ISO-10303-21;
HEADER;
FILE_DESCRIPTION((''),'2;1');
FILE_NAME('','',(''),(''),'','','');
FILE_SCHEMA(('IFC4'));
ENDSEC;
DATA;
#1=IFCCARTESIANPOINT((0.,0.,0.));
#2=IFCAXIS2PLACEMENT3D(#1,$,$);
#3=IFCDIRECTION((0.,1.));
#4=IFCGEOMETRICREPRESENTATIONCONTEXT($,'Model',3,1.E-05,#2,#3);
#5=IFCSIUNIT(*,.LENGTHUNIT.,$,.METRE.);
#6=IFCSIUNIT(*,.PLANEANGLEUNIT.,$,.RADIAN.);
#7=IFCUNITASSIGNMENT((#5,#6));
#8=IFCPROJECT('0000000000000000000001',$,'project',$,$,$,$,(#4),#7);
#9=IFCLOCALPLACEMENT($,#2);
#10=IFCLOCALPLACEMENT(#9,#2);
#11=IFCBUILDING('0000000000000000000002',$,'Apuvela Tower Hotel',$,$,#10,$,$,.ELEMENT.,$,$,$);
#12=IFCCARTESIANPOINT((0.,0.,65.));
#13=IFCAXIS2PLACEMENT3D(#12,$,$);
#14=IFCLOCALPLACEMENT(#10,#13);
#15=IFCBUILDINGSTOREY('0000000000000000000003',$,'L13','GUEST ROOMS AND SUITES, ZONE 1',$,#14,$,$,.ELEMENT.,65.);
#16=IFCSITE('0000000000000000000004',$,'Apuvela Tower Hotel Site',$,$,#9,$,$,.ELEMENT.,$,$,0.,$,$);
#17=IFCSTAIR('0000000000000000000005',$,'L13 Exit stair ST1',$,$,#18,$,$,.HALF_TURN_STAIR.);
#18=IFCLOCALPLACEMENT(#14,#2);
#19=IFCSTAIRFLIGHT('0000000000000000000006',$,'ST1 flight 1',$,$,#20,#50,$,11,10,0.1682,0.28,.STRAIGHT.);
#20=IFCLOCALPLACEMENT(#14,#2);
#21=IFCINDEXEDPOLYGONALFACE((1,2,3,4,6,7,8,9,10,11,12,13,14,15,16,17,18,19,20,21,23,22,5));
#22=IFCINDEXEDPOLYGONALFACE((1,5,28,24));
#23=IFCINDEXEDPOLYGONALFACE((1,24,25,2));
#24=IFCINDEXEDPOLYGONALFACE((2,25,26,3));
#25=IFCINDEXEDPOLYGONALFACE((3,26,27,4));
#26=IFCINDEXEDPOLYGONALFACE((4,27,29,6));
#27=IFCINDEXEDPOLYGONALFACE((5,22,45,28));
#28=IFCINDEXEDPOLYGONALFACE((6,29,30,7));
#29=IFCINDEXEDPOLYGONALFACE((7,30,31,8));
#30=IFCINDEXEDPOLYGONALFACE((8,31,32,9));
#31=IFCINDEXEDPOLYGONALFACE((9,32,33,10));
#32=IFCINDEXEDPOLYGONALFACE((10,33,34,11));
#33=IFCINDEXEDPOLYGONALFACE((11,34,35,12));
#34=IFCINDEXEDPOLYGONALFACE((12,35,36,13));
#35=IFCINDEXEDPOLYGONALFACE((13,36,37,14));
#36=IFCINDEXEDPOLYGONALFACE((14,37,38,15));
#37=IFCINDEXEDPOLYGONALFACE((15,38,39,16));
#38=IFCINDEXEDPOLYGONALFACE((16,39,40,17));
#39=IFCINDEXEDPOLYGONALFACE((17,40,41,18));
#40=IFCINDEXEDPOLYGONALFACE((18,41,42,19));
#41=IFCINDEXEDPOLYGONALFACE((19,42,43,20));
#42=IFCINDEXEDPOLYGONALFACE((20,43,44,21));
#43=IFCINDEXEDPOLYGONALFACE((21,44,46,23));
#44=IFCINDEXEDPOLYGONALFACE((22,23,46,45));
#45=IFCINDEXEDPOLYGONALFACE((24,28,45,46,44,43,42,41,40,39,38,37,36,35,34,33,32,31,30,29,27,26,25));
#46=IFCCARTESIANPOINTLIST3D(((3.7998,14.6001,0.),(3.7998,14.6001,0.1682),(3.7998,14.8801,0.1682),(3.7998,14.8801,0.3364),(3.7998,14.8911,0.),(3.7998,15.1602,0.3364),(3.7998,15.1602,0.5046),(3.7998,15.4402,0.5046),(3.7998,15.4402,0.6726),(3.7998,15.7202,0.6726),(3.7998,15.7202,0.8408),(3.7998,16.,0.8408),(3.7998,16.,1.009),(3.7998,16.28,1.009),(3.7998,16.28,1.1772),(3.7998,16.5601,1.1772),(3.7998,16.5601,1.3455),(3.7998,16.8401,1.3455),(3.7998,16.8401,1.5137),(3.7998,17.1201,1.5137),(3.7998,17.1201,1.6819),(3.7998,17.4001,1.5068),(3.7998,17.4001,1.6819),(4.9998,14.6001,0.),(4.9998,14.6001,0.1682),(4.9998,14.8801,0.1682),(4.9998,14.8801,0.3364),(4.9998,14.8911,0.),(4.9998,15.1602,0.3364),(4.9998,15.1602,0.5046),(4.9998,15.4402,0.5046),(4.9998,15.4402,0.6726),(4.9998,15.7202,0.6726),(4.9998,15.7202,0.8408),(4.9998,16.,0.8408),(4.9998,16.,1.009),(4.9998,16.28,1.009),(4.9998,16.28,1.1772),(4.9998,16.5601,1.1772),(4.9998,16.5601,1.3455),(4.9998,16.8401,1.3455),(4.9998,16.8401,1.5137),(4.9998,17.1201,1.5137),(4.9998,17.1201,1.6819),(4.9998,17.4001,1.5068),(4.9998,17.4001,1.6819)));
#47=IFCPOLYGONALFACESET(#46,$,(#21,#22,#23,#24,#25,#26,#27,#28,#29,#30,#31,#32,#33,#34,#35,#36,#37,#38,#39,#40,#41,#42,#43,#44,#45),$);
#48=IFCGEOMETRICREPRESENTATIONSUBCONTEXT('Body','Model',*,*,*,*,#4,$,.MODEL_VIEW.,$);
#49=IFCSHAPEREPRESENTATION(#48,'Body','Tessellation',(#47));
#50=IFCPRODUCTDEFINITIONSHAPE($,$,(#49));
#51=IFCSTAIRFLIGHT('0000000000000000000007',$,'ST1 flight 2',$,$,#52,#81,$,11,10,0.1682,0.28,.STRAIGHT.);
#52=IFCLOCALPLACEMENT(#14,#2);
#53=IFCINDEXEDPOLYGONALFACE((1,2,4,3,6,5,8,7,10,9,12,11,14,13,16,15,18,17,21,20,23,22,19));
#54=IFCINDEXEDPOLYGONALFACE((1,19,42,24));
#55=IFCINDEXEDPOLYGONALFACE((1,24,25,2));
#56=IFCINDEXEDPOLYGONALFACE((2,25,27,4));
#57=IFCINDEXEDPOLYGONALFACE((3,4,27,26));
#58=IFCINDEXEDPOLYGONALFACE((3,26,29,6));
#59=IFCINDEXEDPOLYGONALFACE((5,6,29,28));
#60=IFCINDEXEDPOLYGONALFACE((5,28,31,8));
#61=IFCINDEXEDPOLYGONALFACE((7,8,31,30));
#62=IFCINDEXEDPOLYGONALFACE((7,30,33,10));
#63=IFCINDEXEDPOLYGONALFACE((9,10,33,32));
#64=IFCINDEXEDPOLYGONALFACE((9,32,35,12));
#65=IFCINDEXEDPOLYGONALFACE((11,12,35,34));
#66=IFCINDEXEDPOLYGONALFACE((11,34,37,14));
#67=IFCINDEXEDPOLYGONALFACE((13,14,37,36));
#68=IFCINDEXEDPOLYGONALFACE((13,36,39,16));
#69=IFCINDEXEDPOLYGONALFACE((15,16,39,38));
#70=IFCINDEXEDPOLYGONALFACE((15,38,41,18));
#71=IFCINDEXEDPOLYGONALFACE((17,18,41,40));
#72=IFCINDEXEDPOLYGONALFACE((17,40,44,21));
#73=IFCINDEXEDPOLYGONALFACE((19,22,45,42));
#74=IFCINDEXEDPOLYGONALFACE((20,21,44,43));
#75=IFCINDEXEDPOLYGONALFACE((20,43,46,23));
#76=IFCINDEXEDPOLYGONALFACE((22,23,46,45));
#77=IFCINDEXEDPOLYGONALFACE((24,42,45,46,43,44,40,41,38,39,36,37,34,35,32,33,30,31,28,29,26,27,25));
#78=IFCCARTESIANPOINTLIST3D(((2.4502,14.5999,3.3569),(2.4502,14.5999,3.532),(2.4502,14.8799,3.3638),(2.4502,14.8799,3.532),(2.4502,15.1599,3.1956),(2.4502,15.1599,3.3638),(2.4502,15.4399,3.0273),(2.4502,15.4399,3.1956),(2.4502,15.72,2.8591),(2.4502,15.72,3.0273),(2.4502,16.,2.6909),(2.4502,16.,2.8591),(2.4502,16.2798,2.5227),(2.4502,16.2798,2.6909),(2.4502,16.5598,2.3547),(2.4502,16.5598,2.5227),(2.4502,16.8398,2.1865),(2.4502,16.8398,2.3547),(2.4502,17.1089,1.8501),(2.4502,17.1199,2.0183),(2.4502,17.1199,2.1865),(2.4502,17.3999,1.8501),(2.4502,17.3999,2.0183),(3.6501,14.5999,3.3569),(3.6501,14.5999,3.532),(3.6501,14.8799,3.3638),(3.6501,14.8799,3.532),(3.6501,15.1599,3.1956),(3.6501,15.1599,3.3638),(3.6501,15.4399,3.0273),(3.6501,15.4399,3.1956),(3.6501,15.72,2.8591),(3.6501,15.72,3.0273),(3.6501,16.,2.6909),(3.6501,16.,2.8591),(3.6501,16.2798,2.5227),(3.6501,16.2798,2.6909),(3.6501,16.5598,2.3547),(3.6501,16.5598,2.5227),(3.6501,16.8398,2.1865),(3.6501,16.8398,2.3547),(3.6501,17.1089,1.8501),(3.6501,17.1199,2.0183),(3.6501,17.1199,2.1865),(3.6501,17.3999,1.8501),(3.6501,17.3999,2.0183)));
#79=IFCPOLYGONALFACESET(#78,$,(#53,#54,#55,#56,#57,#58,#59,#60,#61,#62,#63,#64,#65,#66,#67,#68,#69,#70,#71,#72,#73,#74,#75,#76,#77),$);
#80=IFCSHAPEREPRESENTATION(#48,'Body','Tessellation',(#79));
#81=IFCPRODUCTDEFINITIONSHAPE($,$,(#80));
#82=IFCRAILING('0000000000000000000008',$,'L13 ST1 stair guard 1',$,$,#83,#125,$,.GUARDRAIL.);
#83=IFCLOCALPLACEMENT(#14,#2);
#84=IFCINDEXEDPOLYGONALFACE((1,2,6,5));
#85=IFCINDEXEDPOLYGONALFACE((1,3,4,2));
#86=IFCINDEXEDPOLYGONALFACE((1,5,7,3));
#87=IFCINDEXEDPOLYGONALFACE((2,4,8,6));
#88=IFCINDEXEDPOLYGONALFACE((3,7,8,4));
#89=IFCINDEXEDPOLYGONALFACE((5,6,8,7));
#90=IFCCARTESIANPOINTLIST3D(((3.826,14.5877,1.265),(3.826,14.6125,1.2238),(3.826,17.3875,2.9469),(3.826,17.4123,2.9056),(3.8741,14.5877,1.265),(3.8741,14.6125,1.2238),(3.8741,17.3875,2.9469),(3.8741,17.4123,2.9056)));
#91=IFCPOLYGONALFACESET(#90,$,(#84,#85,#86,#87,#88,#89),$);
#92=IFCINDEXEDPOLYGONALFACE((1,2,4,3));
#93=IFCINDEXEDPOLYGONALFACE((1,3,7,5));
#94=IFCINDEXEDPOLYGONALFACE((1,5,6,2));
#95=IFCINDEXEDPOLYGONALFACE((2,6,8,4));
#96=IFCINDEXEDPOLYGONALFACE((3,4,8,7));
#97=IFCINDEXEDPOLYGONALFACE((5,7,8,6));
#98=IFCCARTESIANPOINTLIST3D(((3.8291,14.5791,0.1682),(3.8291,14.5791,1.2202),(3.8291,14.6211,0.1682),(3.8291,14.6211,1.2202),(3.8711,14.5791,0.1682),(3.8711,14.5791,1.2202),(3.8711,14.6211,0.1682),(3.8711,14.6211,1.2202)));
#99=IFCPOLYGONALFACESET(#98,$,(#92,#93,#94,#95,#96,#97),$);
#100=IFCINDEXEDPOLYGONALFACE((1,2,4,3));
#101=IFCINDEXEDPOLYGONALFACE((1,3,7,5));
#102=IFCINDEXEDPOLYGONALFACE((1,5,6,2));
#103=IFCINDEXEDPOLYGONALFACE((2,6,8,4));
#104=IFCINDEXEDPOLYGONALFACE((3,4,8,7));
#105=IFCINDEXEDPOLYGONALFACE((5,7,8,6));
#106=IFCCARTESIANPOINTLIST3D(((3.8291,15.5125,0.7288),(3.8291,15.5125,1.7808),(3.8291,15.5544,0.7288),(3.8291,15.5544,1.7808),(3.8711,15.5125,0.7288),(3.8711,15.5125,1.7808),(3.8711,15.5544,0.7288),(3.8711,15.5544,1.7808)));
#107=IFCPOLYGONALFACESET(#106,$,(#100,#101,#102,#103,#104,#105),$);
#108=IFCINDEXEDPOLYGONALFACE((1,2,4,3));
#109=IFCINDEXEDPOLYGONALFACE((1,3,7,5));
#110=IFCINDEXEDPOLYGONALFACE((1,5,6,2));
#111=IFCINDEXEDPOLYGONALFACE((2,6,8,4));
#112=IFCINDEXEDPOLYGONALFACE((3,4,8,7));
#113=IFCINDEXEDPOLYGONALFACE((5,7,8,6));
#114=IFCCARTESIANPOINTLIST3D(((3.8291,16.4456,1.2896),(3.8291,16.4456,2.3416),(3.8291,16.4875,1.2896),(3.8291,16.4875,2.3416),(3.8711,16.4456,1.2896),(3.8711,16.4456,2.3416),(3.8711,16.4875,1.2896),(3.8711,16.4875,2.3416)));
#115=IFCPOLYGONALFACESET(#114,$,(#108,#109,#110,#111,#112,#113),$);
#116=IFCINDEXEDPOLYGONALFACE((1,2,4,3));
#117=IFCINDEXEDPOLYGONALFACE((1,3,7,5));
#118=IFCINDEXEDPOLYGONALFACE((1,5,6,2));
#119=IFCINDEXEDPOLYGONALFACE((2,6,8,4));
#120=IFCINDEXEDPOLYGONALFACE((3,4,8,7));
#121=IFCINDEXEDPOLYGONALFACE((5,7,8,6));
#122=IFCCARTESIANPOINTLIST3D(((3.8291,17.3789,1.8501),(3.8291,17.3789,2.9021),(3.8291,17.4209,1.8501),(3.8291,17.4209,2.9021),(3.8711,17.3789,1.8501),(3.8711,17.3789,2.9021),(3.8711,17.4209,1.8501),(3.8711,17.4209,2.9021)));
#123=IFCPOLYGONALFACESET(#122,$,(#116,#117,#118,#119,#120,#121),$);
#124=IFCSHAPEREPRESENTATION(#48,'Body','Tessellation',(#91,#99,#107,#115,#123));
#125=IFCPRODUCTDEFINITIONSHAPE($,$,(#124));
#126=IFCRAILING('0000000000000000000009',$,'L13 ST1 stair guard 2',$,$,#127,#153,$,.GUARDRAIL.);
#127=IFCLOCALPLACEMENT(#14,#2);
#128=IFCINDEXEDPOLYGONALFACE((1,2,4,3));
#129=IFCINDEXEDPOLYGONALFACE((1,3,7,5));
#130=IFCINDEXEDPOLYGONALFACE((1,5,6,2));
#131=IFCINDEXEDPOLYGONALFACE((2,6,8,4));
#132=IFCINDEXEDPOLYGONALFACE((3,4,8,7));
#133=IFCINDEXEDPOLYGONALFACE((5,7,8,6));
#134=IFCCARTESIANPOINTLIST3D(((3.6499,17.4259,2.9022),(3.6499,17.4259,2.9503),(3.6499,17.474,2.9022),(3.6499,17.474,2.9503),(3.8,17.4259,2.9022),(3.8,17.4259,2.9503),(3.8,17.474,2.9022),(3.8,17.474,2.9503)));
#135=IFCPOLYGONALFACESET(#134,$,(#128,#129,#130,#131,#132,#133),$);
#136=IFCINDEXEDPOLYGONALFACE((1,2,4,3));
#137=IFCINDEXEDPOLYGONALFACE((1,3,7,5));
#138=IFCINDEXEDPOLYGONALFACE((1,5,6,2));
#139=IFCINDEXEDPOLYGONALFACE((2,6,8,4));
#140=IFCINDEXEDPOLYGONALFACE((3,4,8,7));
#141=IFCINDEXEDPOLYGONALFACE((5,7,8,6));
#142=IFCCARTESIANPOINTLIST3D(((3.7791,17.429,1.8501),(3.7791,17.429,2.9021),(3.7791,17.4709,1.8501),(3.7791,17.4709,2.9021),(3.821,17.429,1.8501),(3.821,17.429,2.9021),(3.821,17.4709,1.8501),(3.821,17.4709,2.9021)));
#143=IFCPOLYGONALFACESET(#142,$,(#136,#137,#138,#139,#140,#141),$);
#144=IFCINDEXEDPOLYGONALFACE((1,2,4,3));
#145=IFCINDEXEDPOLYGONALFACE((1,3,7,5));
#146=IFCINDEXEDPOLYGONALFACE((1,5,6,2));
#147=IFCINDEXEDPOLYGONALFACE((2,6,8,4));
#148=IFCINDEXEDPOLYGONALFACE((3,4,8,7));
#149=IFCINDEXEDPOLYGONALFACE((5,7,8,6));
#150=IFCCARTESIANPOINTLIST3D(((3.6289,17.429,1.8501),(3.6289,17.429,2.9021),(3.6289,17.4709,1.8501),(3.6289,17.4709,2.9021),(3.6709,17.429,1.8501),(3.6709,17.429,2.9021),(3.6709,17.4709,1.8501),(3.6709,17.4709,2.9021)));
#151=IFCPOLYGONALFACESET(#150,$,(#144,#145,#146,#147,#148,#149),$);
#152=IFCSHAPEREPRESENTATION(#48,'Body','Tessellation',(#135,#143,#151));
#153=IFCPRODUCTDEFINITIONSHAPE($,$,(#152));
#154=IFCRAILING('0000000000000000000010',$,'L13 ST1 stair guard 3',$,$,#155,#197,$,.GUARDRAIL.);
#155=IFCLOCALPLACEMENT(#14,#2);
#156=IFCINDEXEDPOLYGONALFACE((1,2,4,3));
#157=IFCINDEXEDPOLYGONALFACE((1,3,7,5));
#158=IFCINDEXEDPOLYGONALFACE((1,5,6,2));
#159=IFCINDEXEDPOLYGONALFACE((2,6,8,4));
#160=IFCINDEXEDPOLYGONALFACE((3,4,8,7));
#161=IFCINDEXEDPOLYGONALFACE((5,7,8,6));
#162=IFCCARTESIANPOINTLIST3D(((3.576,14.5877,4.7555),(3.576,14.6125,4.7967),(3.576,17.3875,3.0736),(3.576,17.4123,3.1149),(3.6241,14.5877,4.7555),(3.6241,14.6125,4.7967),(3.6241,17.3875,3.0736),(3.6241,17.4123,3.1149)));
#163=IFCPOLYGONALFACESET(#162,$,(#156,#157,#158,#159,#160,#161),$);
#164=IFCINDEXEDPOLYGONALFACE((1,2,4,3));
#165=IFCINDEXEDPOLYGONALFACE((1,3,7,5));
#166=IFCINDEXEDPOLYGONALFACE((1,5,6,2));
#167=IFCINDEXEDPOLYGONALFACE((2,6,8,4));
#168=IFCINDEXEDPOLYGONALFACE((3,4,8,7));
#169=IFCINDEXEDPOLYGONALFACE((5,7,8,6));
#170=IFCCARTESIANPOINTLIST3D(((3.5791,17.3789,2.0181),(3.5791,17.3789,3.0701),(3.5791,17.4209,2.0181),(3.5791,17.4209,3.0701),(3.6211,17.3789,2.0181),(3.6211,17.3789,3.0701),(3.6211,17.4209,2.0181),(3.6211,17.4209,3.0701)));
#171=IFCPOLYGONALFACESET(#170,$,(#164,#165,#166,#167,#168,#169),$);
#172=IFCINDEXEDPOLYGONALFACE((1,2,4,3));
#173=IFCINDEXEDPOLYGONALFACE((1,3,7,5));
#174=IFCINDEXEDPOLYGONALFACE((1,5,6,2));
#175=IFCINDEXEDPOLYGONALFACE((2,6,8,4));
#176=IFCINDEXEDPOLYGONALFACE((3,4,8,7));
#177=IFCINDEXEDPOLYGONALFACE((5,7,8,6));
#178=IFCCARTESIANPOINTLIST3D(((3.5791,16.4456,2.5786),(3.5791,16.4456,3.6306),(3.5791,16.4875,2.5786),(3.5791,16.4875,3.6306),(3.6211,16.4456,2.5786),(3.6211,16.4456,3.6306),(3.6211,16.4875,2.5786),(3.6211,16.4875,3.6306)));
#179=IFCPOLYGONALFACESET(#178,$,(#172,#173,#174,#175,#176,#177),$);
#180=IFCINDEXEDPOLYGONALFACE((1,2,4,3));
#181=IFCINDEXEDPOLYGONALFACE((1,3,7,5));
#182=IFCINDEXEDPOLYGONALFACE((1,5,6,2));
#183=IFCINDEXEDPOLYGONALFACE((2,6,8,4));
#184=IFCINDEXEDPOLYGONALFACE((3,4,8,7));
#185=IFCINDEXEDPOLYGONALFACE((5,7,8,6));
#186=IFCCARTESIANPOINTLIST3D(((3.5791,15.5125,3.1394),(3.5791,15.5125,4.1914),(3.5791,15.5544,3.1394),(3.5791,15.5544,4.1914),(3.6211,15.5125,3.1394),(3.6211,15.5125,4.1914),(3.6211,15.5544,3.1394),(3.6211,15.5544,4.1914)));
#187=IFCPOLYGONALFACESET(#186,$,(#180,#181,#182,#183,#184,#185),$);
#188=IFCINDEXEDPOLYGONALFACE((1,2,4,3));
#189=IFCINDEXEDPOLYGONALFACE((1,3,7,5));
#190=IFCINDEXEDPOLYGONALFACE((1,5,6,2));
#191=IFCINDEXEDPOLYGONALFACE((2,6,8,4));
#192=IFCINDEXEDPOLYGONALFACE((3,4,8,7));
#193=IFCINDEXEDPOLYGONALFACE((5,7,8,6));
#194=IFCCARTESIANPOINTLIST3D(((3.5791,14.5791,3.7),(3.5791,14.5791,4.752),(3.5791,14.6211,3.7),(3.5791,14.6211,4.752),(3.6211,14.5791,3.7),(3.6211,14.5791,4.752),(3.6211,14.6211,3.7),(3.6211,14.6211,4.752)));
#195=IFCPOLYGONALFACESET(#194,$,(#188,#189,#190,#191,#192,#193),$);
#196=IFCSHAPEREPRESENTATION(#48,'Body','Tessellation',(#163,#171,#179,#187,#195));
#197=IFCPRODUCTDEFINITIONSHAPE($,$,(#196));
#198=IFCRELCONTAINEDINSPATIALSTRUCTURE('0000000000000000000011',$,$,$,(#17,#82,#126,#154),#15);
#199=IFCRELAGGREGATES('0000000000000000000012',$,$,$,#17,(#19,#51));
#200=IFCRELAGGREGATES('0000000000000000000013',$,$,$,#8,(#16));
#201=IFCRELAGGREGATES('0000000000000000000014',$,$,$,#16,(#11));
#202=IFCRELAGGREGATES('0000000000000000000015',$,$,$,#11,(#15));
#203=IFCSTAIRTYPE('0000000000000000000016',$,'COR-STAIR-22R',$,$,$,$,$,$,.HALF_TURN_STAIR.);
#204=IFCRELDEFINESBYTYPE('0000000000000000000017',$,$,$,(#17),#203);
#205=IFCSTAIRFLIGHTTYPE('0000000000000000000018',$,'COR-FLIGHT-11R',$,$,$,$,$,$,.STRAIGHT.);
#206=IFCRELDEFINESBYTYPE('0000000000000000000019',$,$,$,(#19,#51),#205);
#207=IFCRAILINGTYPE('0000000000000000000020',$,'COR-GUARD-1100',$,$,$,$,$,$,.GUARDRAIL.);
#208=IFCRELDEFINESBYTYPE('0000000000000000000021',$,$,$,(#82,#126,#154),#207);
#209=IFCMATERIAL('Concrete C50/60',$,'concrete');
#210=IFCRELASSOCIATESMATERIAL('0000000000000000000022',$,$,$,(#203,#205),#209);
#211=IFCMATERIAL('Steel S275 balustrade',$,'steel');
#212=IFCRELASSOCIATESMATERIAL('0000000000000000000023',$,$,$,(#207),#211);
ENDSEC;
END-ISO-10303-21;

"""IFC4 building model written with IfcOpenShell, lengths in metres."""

from ifc_helpers import new_model, si_unit, direction, frame, origin, origin_2d, place, context, subcontext, project, spatial, polyline, rectangle, outline, extrude, material, type_object, element, aggregate, save


model = new_model("IFC4")

# Units and contexts
model_context = context("Model", 3, precision=1e-05, world=origin(), true_north=direction((0.0, 1.0)))
body_context = subcontext(model_context, "Body", "Model", "MODEL_VIEW")
ifc_project = project(units=[si_unit("LENGTHUNIT", "METRE"), si_unit("PLANEANGLEUNIT", "RADIAN")], contexts=[model_context])

# Site, building, storey
site_placement = place(None, origin())
site = spatial("IfcSite", under=ifc_project, at=site_placement, Name="Apuvela Tower Hotel Site", CompositionType="ELEMENT", RefElevation=0.0)
building_placement = place(site_placement, origin())
building = spatial("IfcBuilding", under=site, at=building_placement, Name="Apuvela Tower Hotel", CompositionType="ELEMENT")
storey_placement = place(building_placement, frame((0.0, 0.0, 65.0)))
storey = spatial("IfcBuildingStorey", under=building, at=storey_placement, Name="L13", Description="GUEST ROOMS AND SUITES, ZONE 1", CompositionType="ELEMENT", Elevation=65.0)

# Shared definitions
ifc_material_1 = material(Name="Concrete C50/60", Category="concrete")

# Stair, stair flights
stair_type = type_object("IfcStairType", Name="COR-STAIR-22R", PredefinedType="HALF_TURN_STAIR", material=ifc_material_1)
stair_placement = place(storey_placement, origin())
stair = element("IfcStair", 1, at=stair_placement, inside=storey, type_object=stair_type, Name="L13 Exit stair ST1", PredefinedType="HALF_TURN_STAIR")
stair_flight_type = type_object("IfcStairFlightType", Name="COR-FLIGHT-11R", PredefinedType="STRAIGHT", material=ifc_material_1)
stair_flight_1_placement = place(storey_placement, frame((4.3999, 14.6001, 0.0), z_axis=(0.0, 0.0, 1.0), x_axis=(0.0, 1.0, 0.0)))
stair_flight_1 = element("IfcStairFlight", 2, at=stair_flight_1_placement, type_object=stair_flight_type, Name="ST1 flight 1", NumberOfRisers=11, NumberOfTreads=10, PredefinedType="STRAIGHT", RiserHeight=0.1682, TreadLength=0.28, context=body_context, shape_type="SweptSolid", body=[
    extrude(outline(polyline([(0.0, 0.0), (0.0, 0.1682), (0.28, 0.1682), (0.28, 0.3364), (0.5601, 0.3364), (0.5601, 0.5046), (0.8401, 0.5046), (0.8401, 0.6726), (1.1201, 0.6726), (1.1201, 0.8408), (1.3999, 0.8408), (1.3999, 1.009), (1.6799, 1.009), (1.6799, 1.1772), (1.96, 1.1772), (1.96, 1.3455), (2.24, 1.3455), (2.24, 1.5137), (2.52, 1.5137), (2.52, 1.6819), (2.8, 1.6819), (2.8, 1.8501), (2.8, 1.5068), (0.291, 0.0), (0.0, 0.0)])), frame((0.0, 0.6001, 0.0), z_axis=(0.0, -1.0, 0.0), x_axis=(1.0, 0.0, 0.0)), (0.0, 0.0, 1.0), 1.2),
])
stair_flight_2_placement = place(storey_placement, frame((3.05, 17.3999, 1.8501), z_axis=(0.0, 0.0, 1.0), x_axis=(0.0, -1.0, 0.0)))
stair_flight_2 = element("IfcStairFlight", 3, at=stair_flight_2_placement, type_object=stair_flight_type, Name="ST1 flight 2", NumberOfRisers=11, NumberOfTreads=10, PredefinedType="STRAIGHT", RiserHeight=0.1682, TreadLength=0.28, context=body_context, shape_type="SweptSolid", body=[
    extrude(outline(polyline([(0.0, 0.0), (0.0, 0.1682), (0.28, 0.1682), (0.28, 0.3364), (0.5601, 0.3364), (0.5601, 0.5046), (0.8401, 0.5046), (0.8401, 0.6726), (1.1201, 0.6726), (1.1201, 0.8408), (1.3999, 0.8408), (1.3999, 1.009), (1.6799, 1.009), (1.6799, 1.1772), (1.96, 1.1772), (1.96, 1.3455), (2.24, 1.3455), (2.24, 1.5137), (2.52, 1.5137), (2.52, 1.6819), (2.8, 1.6819), (2.8, 1.8501), (2.8, 1.5068), (0.291, 0.0), (0.0, 0.0)])), frame((0.0, 0.6001, 0.0), z_axis=(0.0, -1.0, 0.0), x_axis=(1.0, 0.0, 0.0)), (0.0, 0.0, 1.0), 1.2),
])
aggregate(stair, [stair_flight_1, stair_flight_2])

# Railings
ifc_material_2 = material(Name="Steel S275 balustrade", Category="steel")
railing_type_1 = type_object("IfcRailingType", Name="COR-GUARD-1100", PredefinedType="GUARDRAIL", material=ifc_material_2)
railing_1_placement = place(storey_placement, frame((3.8501, 14.6001, 0.1682)))
element("IfcRailing", 4, at=railing_1_placement, inside=storey, type_object=railing_type_1, Name="L13 ST1 stair guard 1", PredefinedType="GUARDRAIL", context=body_context, shape_type="SweptSolid", body=[
    extrude(rectangle(XDim=0.0481, YDim=0.0481, at=origin_2d()), frame((0.0, 0.0, 1.0762), z_axis=(0.0, 0.857222, 0.514946), x_axis=(-1.0, 0.0, 0.0)), (0.0, 0.0, 1.0), 3.2661),
    extrude(rectangle(XDim=0.042, YDim=0.042, at=origin_2d()), origin(), (0.0, 0.0, 1.0), 1.052),
    extrude(rectangle(XDim=0.042, YDim=0.042, at=origin_2d()), frame((0.0, 0.9333, 0.5605)), (0.0, 0.0, 1.0), 1.052),
    extrude(rectangle(XDim=0.042, YDim=0.042, at=origin_2d()), frame((0.0, 1.8665, 1.1213)), (0.0, 0.0, 1.0), 1.052),
    extrude(rectangle(XDim=0.042, YDim=0.042, at=origin_2d()), frame((0.0, 2.7998, 1.6819)), (0.0, 0.0, 1.0), 1.052),
])
railing_2_placement = place(storey_placement, frame((3.8, 17.45, 1.8501)))
element("IfcRailing", 5, at=railing_2_placement, inside=storey, type_object=railing_type_1, Name="L13 ST1 stair guard 2", PredefinedType="GUARDRAIL", context=body_context, shape_type="SweptSolid", body=[
    extrude(rectangle(XDim=0.0481, YDim=0.0481, at=origin_2d()), frame((0.0, 0.0, 1.0762), z_axis=(-1.0, 0.0, 0.0), x_axis=(0.0, -1.0, 0.0)), (0.0, 0.0, 1.0), 0.1501),
    extrude(rectangle(XDim=0.042, YDim=0.042, at=origin_2d()), origin(), (0.0, 0.0, 1.0), 1.052),
    extrude(rectangle(XDim=0.042, YDim=0.042, at=origin_2d()), frame((-0.1501, 0.0, 0.0)), (0.0, 0.0, 1.0), 1.052),
])
railing_3_placement = place(storey_placement, frame((3.6001, 17.3999, 2.0181)))
element("IfcRailing", 6, at=railing_3_placement, inside=storey, type_object=railing_type_1, Name="L13 ST1 stair guard 3", PredefinedType="GUARDRAIL", context=body_context, shape_type="SweptSolid", body=[
    extrude(rectangle(XDim=0.0481, YDim=0.0481, at=origin_2d()), frame((0.0, 0.0, 1.0762), z_axis=(0.0, -0.857222, 0.514946), x_axis=(1.0, 0.0, 0.0)), (0.0, 0.0, 1.0), 3.2661),
    extrude(rectangle(XDim=0.042, YDim=0.042, at=origin_2d()), origin(), (0.0, 0.0, 1.0), 1.052),
    extrude(rectangle(XDim=0.042, YDim=0.042, at=origin_2d()), frame((0.0, -0.9333, 0.5605)), (0.0, 0.0, 1.0), 1.052),
    extrude(rectangle(XDim=0.042, YDim=0.042, at=origin_2d()), frame((0.0, -1.8665, 1.1213)), (0.0, 0.0, 1.0), 1.052),
    extrude(rectangle(XDim=0.042, YDim=0.042, at=origin_2d()), frame((0.0, -2.7998, 1.6819)), (0.0, 0.0, 1.0), 1.052),
])

save(model, "model.ifc")
